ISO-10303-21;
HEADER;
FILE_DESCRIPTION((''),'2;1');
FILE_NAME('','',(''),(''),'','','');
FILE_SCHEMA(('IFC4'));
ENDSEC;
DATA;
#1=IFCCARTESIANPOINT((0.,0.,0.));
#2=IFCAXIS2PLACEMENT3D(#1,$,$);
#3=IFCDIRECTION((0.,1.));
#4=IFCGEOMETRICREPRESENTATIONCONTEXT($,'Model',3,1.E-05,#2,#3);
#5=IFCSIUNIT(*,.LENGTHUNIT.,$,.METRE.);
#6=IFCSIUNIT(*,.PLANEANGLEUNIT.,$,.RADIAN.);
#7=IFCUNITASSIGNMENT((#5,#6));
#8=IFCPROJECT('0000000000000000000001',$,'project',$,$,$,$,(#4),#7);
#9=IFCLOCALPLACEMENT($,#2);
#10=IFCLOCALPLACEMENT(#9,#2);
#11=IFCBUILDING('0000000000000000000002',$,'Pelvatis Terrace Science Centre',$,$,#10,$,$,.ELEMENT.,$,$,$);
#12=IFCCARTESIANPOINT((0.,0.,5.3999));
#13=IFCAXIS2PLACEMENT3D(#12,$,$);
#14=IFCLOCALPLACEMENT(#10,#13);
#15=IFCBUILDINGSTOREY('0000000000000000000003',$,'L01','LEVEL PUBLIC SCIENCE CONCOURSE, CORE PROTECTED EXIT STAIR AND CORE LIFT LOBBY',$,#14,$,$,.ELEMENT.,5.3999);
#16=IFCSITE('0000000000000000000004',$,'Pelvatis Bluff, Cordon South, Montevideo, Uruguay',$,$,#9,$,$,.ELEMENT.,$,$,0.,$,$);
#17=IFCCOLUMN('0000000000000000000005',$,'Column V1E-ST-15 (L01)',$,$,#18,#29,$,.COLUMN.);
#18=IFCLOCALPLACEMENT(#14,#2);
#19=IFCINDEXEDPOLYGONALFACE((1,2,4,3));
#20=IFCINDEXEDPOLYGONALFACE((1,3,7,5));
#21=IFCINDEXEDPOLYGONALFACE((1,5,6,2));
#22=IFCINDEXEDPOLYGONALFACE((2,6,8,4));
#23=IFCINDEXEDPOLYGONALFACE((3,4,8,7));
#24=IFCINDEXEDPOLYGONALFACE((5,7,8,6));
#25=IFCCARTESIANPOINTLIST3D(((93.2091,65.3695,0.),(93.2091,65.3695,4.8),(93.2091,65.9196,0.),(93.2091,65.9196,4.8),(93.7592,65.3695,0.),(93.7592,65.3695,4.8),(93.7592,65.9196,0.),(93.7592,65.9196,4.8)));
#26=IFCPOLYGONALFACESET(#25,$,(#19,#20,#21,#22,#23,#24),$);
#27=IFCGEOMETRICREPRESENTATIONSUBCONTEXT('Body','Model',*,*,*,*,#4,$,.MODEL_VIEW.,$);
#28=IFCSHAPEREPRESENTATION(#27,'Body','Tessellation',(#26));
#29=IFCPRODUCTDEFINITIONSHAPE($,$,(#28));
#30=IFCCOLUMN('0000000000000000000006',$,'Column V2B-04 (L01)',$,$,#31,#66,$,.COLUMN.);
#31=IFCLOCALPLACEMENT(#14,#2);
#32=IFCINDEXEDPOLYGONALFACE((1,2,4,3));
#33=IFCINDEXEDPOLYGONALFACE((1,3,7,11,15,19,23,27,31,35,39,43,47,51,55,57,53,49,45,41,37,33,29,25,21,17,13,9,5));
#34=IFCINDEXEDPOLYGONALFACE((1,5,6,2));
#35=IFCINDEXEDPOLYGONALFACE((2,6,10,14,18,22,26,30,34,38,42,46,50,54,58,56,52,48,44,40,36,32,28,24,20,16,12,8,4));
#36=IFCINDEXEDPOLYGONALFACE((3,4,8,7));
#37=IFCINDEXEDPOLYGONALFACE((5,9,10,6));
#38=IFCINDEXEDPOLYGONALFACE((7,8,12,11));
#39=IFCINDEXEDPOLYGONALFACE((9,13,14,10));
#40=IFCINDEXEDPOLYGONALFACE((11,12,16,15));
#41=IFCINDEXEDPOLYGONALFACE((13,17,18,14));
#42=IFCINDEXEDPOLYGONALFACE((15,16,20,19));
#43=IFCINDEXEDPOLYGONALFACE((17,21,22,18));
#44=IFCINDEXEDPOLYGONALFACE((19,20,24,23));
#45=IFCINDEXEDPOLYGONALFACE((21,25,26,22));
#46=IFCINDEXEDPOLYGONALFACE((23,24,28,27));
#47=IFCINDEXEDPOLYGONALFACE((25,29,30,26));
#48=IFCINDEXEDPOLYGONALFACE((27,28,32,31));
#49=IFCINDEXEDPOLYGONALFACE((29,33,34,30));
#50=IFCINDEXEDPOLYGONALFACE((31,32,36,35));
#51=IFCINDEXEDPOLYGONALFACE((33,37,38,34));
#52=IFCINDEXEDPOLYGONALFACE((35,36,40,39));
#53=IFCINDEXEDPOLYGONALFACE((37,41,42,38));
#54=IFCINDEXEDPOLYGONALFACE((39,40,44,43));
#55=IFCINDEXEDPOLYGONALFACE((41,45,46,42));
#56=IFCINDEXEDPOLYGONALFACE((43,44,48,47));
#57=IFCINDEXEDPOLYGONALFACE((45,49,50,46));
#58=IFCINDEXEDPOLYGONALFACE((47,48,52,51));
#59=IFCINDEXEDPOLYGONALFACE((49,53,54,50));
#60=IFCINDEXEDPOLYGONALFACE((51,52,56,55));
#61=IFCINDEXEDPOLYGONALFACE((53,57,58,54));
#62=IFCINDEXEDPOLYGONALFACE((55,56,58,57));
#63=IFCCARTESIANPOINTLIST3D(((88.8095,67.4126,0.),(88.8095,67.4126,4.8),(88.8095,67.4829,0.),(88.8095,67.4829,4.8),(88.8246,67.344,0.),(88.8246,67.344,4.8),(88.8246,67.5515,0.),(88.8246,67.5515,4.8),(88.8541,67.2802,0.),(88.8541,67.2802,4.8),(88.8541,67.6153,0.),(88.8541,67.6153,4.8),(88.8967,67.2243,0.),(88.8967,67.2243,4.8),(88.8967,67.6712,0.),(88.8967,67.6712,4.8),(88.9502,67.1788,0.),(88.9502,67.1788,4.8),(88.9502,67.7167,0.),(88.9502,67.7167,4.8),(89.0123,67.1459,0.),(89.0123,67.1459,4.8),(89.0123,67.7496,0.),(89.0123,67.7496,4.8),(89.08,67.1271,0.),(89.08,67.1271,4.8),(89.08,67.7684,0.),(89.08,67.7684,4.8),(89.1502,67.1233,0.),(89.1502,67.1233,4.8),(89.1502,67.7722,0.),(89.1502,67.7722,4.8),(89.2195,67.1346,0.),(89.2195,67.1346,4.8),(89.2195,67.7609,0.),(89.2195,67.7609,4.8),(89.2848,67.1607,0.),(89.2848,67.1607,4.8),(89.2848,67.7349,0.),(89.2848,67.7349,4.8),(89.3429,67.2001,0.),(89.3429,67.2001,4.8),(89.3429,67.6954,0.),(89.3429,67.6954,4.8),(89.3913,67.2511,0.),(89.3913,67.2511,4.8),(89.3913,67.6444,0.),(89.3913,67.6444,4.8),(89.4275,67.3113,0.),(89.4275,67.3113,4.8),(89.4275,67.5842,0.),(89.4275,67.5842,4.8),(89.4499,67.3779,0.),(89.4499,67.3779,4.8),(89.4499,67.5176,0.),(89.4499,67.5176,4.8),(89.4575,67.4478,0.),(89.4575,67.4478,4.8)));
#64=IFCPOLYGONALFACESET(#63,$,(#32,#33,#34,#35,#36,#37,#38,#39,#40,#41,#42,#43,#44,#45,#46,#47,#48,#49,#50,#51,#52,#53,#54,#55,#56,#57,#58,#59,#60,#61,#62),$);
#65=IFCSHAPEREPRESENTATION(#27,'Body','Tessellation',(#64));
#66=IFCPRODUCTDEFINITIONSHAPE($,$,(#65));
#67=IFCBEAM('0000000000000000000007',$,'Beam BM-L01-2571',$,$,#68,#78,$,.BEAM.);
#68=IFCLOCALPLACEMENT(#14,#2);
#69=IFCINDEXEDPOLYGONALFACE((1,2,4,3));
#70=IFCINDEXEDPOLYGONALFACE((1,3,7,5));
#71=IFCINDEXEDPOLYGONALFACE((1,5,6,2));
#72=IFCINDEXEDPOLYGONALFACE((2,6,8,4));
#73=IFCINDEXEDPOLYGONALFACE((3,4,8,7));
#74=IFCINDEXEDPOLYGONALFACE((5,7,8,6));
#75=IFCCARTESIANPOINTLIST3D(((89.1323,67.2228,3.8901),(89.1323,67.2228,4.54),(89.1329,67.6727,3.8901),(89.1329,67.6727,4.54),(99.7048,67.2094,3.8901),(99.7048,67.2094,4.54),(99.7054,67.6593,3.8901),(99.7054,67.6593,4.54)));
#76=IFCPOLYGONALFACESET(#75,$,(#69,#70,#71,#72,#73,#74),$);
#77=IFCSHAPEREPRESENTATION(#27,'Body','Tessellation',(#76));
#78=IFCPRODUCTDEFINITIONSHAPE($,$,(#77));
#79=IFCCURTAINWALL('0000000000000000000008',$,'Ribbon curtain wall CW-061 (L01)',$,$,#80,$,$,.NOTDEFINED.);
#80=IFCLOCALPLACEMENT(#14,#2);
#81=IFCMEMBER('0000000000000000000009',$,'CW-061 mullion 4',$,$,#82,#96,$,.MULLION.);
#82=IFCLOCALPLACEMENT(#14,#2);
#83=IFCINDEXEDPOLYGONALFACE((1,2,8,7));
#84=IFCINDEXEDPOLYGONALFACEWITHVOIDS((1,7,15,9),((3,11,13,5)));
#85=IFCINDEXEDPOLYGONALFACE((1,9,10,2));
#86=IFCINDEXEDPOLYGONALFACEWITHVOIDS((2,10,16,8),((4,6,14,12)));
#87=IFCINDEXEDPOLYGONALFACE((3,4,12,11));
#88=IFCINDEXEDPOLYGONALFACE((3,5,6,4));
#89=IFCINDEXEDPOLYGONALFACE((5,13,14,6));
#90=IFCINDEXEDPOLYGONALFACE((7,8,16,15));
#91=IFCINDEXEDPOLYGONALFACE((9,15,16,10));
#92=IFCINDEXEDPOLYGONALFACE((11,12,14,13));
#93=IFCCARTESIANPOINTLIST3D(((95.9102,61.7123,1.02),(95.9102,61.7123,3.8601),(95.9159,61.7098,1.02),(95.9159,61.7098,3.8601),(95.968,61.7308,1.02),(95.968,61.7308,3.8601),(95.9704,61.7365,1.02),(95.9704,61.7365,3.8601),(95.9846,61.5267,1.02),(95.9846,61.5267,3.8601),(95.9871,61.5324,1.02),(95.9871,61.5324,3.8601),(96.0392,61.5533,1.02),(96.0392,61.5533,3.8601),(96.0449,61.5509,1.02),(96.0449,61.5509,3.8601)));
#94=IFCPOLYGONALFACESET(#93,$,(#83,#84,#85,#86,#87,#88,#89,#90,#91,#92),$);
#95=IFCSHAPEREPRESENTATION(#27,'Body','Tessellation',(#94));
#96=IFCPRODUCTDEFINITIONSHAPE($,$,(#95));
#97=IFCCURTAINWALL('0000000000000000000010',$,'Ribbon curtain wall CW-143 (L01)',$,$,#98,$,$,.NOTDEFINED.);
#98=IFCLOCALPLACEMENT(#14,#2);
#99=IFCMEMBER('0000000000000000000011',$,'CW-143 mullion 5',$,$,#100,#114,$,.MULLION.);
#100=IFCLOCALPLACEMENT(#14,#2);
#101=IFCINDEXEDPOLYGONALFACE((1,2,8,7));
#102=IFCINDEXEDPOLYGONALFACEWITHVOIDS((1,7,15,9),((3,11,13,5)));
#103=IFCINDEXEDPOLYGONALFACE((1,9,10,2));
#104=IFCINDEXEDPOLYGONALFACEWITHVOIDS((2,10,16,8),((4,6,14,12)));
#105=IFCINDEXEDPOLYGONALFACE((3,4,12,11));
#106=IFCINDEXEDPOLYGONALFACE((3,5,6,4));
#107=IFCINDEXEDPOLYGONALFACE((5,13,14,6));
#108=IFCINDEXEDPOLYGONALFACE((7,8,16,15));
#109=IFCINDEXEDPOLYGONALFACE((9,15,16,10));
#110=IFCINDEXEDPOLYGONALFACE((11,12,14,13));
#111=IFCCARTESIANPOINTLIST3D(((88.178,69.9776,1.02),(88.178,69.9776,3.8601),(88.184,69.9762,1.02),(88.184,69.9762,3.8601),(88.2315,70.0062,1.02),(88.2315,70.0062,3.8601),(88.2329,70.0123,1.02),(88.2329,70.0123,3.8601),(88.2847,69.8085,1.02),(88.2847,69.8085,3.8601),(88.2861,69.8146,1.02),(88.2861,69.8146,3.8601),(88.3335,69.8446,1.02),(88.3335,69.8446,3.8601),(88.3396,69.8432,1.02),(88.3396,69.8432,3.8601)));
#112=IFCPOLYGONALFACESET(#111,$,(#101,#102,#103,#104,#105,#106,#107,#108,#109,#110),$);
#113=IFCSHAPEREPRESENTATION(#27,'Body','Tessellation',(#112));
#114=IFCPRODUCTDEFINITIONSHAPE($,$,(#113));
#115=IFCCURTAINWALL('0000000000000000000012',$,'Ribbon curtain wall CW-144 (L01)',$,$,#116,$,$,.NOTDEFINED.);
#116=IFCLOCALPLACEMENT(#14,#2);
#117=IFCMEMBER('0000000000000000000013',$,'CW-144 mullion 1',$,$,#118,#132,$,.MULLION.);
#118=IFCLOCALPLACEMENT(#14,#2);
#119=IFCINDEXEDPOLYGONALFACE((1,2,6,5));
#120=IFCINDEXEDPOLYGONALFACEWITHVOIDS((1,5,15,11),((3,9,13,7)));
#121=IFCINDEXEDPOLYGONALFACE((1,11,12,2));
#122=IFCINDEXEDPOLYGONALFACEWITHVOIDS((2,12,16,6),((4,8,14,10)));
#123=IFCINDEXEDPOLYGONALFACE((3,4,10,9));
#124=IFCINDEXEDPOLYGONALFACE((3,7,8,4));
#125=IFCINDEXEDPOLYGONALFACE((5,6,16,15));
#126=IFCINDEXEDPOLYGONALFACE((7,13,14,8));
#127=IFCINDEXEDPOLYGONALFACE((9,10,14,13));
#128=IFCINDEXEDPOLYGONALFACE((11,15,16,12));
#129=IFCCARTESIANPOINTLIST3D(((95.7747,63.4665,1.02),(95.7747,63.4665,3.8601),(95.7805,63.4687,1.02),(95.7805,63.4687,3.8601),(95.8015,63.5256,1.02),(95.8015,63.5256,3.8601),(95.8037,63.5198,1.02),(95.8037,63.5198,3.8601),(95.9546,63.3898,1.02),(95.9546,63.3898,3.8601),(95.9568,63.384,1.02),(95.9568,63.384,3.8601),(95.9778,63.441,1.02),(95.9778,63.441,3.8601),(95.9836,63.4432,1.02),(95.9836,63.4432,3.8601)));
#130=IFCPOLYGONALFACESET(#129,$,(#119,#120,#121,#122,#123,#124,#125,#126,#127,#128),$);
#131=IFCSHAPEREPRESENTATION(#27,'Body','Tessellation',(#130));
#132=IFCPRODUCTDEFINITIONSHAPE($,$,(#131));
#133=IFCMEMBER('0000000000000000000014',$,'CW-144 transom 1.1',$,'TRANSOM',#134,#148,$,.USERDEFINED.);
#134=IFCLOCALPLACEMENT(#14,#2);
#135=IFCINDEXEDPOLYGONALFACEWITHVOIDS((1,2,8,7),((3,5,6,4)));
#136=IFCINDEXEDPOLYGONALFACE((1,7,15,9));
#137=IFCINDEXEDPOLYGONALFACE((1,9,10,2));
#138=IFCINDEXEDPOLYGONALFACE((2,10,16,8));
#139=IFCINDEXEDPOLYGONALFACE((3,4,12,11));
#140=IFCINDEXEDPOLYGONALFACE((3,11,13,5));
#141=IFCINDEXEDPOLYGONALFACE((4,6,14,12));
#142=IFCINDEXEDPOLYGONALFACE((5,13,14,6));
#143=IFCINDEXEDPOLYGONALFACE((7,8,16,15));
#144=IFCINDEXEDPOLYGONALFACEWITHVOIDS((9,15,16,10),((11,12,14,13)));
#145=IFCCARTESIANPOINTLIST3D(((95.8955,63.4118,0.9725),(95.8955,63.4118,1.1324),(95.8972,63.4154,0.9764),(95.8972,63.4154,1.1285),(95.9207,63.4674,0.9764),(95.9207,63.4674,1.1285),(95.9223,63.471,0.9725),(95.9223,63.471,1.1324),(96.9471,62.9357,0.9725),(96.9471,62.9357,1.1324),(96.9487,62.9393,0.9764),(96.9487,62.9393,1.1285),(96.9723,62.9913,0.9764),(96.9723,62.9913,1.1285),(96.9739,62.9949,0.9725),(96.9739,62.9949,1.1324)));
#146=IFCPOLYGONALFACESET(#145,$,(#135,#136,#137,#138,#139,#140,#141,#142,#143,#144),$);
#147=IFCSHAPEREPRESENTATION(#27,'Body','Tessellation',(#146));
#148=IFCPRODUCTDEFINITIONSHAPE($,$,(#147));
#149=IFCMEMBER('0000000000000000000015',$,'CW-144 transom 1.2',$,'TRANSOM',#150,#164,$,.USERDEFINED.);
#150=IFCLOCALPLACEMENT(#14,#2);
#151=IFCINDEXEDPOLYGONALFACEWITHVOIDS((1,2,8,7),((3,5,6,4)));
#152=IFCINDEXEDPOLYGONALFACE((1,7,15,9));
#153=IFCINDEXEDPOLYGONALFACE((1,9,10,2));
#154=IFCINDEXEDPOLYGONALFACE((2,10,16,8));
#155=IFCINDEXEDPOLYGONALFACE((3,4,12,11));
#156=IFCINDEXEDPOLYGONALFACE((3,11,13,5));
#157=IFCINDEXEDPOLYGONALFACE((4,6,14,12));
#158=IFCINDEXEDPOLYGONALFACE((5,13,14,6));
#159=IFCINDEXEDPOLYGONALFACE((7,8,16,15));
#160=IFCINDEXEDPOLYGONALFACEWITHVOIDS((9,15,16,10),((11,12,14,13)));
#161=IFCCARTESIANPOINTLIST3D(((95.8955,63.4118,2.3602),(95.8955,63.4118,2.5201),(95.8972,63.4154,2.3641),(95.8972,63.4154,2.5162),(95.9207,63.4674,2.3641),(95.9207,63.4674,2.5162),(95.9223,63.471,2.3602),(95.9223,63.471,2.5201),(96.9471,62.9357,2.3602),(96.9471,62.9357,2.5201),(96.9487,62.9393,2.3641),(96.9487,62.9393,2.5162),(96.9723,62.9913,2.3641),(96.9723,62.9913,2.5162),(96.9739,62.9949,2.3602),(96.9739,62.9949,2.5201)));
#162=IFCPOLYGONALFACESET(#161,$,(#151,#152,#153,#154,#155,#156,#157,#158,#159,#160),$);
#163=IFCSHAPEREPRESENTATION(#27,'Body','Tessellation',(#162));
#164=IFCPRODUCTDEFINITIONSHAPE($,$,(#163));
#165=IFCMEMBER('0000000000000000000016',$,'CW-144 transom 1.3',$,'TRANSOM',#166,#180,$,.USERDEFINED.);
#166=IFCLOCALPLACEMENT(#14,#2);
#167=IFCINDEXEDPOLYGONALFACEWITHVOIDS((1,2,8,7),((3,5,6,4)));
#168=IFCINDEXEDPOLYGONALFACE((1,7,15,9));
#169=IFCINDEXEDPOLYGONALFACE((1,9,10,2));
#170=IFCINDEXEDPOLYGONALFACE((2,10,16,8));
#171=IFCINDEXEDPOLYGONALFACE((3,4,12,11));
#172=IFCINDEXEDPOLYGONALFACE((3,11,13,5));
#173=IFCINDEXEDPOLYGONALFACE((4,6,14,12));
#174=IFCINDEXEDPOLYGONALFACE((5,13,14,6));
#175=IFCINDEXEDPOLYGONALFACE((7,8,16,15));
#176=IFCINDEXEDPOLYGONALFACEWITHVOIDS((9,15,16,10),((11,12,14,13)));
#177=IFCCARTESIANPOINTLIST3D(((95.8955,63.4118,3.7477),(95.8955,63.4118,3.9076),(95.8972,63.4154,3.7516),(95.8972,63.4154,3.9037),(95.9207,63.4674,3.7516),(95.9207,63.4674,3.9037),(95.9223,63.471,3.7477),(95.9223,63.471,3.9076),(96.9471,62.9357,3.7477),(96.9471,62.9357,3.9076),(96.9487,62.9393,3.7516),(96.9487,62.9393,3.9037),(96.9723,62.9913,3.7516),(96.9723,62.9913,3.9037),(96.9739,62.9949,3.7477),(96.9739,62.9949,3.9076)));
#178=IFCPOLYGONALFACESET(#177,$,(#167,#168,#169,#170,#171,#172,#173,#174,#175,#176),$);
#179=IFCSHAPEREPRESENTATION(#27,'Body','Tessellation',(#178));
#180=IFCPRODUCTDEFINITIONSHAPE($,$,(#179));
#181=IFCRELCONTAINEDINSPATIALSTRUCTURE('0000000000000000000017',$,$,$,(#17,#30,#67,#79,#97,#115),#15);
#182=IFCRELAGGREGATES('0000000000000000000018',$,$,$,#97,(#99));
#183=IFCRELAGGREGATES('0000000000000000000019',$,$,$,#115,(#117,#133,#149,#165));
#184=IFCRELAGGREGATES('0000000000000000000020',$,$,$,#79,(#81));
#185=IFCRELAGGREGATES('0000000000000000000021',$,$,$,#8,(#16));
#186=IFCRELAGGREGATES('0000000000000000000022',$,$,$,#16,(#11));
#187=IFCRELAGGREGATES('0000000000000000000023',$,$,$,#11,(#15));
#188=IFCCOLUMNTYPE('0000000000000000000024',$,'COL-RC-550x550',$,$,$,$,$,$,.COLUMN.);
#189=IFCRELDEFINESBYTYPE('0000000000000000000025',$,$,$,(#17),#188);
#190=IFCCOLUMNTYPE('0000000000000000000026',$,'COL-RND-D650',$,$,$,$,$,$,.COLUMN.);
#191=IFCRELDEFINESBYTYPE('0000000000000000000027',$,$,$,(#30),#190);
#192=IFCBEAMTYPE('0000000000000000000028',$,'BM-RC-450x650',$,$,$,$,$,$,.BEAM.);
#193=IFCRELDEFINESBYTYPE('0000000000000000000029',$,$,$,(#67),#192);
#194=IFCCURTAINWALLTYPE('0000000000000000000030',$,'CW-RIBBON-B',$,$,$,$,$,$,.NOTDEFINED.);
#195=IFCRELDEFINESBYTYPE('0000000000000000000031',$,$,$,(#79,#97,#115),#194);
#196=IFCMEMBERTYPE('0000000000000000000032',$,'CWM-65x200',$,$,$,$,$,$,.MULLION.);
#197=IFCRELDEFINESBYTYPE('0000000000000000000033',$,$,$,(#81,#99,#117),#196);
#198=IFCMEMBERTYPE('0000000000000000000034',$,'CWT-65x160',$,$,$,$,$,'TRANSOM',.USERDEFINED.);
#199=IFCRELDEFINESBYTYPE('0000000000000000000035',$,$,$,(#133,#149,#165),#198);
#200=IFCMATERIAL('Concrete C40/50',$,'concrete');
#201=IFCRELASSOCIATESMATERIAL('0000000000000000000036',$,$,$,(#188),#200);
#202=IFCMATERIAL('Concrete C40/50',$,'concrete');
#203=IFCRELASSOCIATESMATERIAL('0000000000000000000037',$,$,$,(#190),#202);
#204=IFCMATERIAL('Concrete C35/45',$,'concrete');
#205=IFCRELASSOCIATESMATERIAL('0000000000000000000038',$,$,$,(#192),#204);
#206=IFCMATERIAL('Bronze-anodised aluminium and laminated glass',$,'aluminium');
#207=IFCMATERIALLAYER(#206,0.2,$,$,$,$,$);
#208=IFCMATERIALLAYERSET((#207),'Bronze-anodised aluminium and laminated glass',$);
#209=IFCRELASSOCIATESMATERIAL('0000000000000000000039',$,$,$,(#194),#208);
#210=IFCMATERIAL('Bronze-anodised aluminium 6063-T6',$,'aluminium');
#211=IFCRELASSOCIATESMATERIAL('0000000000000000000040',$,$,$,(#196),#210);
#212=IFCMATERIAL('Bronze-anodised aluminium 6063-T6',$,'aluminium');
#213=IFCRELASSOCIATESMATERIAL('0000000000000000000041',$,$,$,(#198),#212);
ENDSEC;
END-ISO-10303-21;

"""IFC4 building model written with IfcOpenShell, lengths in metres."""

from ifc_helpers import new_model, si_unit, direction, frame, origin, origin_2d, place, context, subcontext, project, spatial, rectangle, hollow_rectangle, circle, extrude, material, layer, layer_set, material_profile, profile_set, type_object, element, aggregate, save


model = new_model("IFC4")

# Units and contexts
model_context = context("Model", 3, precision=1e-05, world=origin(), true_north=direction((0.0, 1.0)))
body_context = subcontext(model_context, "Body", "Model", "MODEL_VIEW")
ifc_project = project(units=[si_unit("LENGTHUNIT", "METRE"), si_unit("PLANEANGLEUNIT", "RADIAN")], contexts=[model_context])

# Site, building, storey
site_placement = place(None, origin())
site = spatial("IfcSite", under=ifc_project, at=site_placement, Name="Pelvatis Bluff, Cordon South, Montevideo, Uruguay", CompositionType="ELEMENT", RefElevation=0.0)
building_placement = place(site_placement, origin())
building = spatial("IfcBuilding", under=site, at=building_placement, Name="Pelvatis Terrace Science Centre", CompositionType="ELEMENT")
storey_placement = place(building_placement, frame((0.0, 0.0, 5.3999)))
storey = spatial("IfcBuildingStorey", under=building, at=storey_placement, Name="L01", Description="LEVEL PUBLIC SCIENCE CONCOURSE, CORE PROTECTED EXIT STAIR AND CORE LIFT LOBBY", CompositionType="ELEMENT", Elevation=5.3999)

# Columns
ifc_material_1 = material(Name="Concrete C40/50", Category="concrete")
ifc_material_profile_1 = material_profile(ifc_material_1, rectangle(XDim=0.55, YDim=0.55, at=origin_2d()), Name="RC-COL 550x550")
ifc_profile_set_1 = profile_set([ifc_material_profile_1], Name="Concrete C40/50")
column_type_1 = type_object("IfcColumnType", Name="COL-RC-550x550", PredefinedType="COLUMN", material=ifc_profile_set_1)
column_1_placement = place(storey_placement, frame((93.4841, 65.6445, 0.0), z_axis=(0.0, 0.0, 1.0), x_axis=(1.0, 0.0, 0.0)))
element("IfcColumn", 1, at=column_1_placement, inside=storey, type_object=column_type_1, Name="Column V1E-ST-15 (L01)", PredefinedType="COLUMN", context=body_context, shape_type="SweptSolid", body=[
    extrude(rectangle(XDim=0.55, YDim=0.55, at=origin_2d()), origin(), (0.0, 0.0, 1.0), 4.8),
])
ifc_material_2 = material(Name="Concrete C40/50", Category="concrete")
ifc_material_profile_2 = material_profile(ifc_material_2, circle(Radius=0.325, at=origin_2d()), Name="RC-RCOL D650")
ifc_profile_set_2 = profile_set([ifc_material_profile_2], Name="Concrete C40/50")
column_type_2 = type_object("IfcColumnType", Name="COL-RND-D650", PredefinedType="COLUMN", material=ifc_profile_set_2)
column_2_placement = place(storey_placement, frame((89.1326, 67.4478, 0.0), z_axis=(0.0, 0.0, 1.0), x_axis=(1.0, 0.0, 0.0)))
element("IfcColumn", 2, at=column_2_placement, inside=storey, type_object=column_type_2, Name="Column V2B-04 (L01)", PredefinedType="COLUMN", context=body_context, shape_type="SweptSolid", body=[
    extrude(circle(Radius=0.325, at=origin_2d()), origin(), (0.0, 0.0, 1.0), 4.8),
])

# Beam
ifc_material_3 = material(Name="Concrete C35/45", Category="concrete")
ifc_material_profile_3 = material_profile(ifc_material_3, rectangle(XDim=0.45, YDim=0.6499, at=origin_2d()), Name="RC-BM 450x650")
ifc_profile_set_3 = profile_set([ifc_material_profile_3], Name="Concrete C35/45")
beam_type_1 = type_object("IfcBeamType", Name="BM-RC-450x650", PredefinedType="BEAM", material=ifc_profile_set_3)
beam_1_placement = place(storey_placement, frame((89.1326, 67.4478, 4.2151), z_axis=(0.999999, -0.00127, 0.0), x_axis=(0.00127, 0.999999, 0.0)))
element("IfcBeam", 3, at=beam_1_placement, inside=storey, type_object=beam_type_1, Name="Beam BM-L01-2571", PredefinedType="BEAM", context=body_context, shape_type="SweptSolid", body=[
    extrude(rectangle(XDim=0.45, YDim=0.6499, at=origin_2d()), origin(), (0.0, 0.0, 1.0), 10.5725),
])

# Curtain walls, members
ifc_material_4 = material(Name="Bronze-anodised aluminium and laminated glass", Category="aluminium")
ifc_layer_1 = layer(ifc_material_4, 0.2)
ifc_layer_set_1 = layer_set([ifc_layer_1], Name="Bronze-anodised aluminium and laminated glass")
curtain_wall_type = type_object("IfcCurtainWallType", Name="CW-RIBBON-B", PredefinedType="NOTDEFINED", material=ifc_layer_set_1)
curtain_wall_1_placement = place(storey_placement, origin())
curtain_wall_1 = element("IfcCurtainWall", 4, at=curtain_wall_1_placement, inside=storey, type_object=curtain_wall_type, Name="Ribbon curtain wall CW-061 (L01)", PredefinedType="NOTDEFINED")
ifc_material_5 = material(Name="Bronze-anodised aluminium 6063-T6", Category="aluminium")
ifc_material_profile_4 = material_profile(ifc_material_5, hollow_rectangle(XDim=0.0649, YDim=0.2, WallThickness=0.0044, at=origin_2d()), Name="ALU-MUL 65x200")
ifc_profile_set_4 = profile_set([ifc_material_profile_4], Name="Bronze-anodised aluminium 6063-T6")
member_type_1 = type_object("IfcMemberType", Name="CWM-65x200", PredefinedType="MULLION", material=ifc_profile_set_4)
member_1_placement = place(storey_placement, frame((95.9775, 61.6316, 1.02), z_axis=(0.0, 0.0, 1.0), x_axis=(-0.92803, -0.372504, 0.0)))
member_1 = element("IfcMember", 5, at=member_1_placement, type_object=member_type_1, Name="CW-061 mullion 4", PredefinedType="MULLION", context=body_context, shape_type="SweptSolid", body=[
    extrude(hollow_rectangle(XDim=0.0649, YDim=0.2, WallThickness=0.0044, at=origin_2d()), origin(), (0.0, 0.0, 1.0), 2.8401),
])
curtain_wall_2_placement = place(storey_placement, origin())
curtain_wall_2 = element("IfcCurtainWall", 6, at=curtain_wall_2_placement, inside=storey, type_object=curtain_wall_type, Name="Ribbon curtain wall CW-143 (L01)", PredefinedType="NOTDEFINED")
member_2_placement = place(storey_placement, frame((88.2588, 69.9104, 1.02), z_axis=(0.0, 0.0, 1.0), x_axis=(0.845678, 0.533693, 0.0)))
member_2 = element("IfcMember", 7, at=member_2_placement, type_object=member_type_1, Name="CW-143 mullion 5", PredefinedType="MULLION", context=body_context, shape_type="SweptSolid", body=[
    extrude(hollow_rectangle(XDim=0.0649, YDim=0.2, WallThickness=0.0044, at=origin_2d()), origin(), (0.0, 0.0, 1.0), 2.8401),
])
aggregate(curtain_wall_2, [member_2])

# Curtain wall, members
curtain_wall_3_placement = place(storey_placement, origin())
curtain_wall_3 = element("IfcCurtainWall", 8, at=curtain_wall_3_placement, inside=storey, type_object=curtain_wall_type, Name="Ribbon curtain wall CW-144 (L01)", PredefinedType="NOTDEFINED")
member_3_placement = place(storey_placement, frame((95.8792, 63.4548, 1.02), z_axis=(0.0, 0.0, 1.0), x_axis=(0.41243, 0.910989, 0.0)))
member_3 = element("IfcMember", 9, at=member_3_placement, type_object=member_type_1, Name="CW-144 mullion 1", PredefinedType="MULLION", context=body_context, shape_type="SweptSolid", body=[
    extrude(hollow_rectangle(XDim=0.0649, YDim=0.2, WallThickness=0.0044, at=origin_2d()), origin(), (0.0, 0.0, 1.0), 2.8401),
])
ifc_material_6 = material(Name="Bronze-anodised aluminium 6063-T6", Category="aluminium")
ifc_material_profile_5 = material_profile(ifc_material_6, hollow_rectangle(XDim=0.0649, YDim=0.1599, WallThickness=0.0039, at=origin_2d()), Name="ALU-TRN 65x160")
ifc_profile_set_5 = profile_set([ifc_material_profile_5], Name="Bronze-anodised aluminium 6063-T6")
member_type_2 = type_object("IfcMemberType", Name="CWT-65x160", ElementType="TRANSOM", PredefinedType="USERDEFINED", material=ifc_profile_set_5)
member_4_placement = place(storey_placement, frame((95.9089, 63.4414, 1.0525), z_axis=(0.910981, -0.412448, 0.0), x_axis=(0.412448, 0.910981, 0.0)))
member_4 = element("IfcMember", 10, at=member_4_placement, type_object=member_type_2, Name="CW-144 transom 1.1", ObjectType="TRANSOM", PredefinedType="USERDEFINED", context=body_context, shape_type="SweptSolid", body=[
    extrude(hollow_rectangle(XDim=0.0649, YDim=0.1599, WallThickness=0.0039, at=origin_2d()), origin(), (0.0, 0.0, 1.0), 1.1543),
])
member_5_placement = place(storey_placement, frame((95.9089, 63.4414, 2.4402), z_axis=(0.910981, -0.412448, 0.0), x_axis=(0.412448, 0.910981, 0.0)))
member_5 = element("IfcMember", 11, at=member_5_placement, type_object=member_type_2, Name="CW-144 transom 1.2", ObjectType="TRANSOM", PredefinedType="USERDEFINED", context=body_context, shape_type="SweptSolid", body=[
    extrude(hollow_rectangle(XDim=0.0649, YDim=0.1599, WallThickness=0.0039, at=origin_2d()), origin(), (0.0, 0.0, 1.0), 1.1543),
])
member_6_placement = place(storey_placement, frame((95.9089, 63.4414, 3.8276), z_axis=(0.910981, -0.412448, 0.0), x_axis=(0.412448, 0.910981, 0.0)))
member_6 = element("IfcMember", 12, at=member_6_placement, type_object=member_type_2, Name="CW-144 transom 1.3", ObjectType="TRANSOM", PredefinedType="USERDEFINED", context=body_context, shape_type="SweptSolid", body=[
    extrude(hollow_rectangle(XDim=0.0649, YDim=0.1599, WallThickness=0.0039, at=origin_2d()), origin(), (0.0, 0.0, 1.0), 1.1543),
])
aggregate(curtain_wall_3, [member_3, member_4, member_5, member_6])

aggregate(curtain_wall_1, [member_1])

save(model, "model.ifc")
